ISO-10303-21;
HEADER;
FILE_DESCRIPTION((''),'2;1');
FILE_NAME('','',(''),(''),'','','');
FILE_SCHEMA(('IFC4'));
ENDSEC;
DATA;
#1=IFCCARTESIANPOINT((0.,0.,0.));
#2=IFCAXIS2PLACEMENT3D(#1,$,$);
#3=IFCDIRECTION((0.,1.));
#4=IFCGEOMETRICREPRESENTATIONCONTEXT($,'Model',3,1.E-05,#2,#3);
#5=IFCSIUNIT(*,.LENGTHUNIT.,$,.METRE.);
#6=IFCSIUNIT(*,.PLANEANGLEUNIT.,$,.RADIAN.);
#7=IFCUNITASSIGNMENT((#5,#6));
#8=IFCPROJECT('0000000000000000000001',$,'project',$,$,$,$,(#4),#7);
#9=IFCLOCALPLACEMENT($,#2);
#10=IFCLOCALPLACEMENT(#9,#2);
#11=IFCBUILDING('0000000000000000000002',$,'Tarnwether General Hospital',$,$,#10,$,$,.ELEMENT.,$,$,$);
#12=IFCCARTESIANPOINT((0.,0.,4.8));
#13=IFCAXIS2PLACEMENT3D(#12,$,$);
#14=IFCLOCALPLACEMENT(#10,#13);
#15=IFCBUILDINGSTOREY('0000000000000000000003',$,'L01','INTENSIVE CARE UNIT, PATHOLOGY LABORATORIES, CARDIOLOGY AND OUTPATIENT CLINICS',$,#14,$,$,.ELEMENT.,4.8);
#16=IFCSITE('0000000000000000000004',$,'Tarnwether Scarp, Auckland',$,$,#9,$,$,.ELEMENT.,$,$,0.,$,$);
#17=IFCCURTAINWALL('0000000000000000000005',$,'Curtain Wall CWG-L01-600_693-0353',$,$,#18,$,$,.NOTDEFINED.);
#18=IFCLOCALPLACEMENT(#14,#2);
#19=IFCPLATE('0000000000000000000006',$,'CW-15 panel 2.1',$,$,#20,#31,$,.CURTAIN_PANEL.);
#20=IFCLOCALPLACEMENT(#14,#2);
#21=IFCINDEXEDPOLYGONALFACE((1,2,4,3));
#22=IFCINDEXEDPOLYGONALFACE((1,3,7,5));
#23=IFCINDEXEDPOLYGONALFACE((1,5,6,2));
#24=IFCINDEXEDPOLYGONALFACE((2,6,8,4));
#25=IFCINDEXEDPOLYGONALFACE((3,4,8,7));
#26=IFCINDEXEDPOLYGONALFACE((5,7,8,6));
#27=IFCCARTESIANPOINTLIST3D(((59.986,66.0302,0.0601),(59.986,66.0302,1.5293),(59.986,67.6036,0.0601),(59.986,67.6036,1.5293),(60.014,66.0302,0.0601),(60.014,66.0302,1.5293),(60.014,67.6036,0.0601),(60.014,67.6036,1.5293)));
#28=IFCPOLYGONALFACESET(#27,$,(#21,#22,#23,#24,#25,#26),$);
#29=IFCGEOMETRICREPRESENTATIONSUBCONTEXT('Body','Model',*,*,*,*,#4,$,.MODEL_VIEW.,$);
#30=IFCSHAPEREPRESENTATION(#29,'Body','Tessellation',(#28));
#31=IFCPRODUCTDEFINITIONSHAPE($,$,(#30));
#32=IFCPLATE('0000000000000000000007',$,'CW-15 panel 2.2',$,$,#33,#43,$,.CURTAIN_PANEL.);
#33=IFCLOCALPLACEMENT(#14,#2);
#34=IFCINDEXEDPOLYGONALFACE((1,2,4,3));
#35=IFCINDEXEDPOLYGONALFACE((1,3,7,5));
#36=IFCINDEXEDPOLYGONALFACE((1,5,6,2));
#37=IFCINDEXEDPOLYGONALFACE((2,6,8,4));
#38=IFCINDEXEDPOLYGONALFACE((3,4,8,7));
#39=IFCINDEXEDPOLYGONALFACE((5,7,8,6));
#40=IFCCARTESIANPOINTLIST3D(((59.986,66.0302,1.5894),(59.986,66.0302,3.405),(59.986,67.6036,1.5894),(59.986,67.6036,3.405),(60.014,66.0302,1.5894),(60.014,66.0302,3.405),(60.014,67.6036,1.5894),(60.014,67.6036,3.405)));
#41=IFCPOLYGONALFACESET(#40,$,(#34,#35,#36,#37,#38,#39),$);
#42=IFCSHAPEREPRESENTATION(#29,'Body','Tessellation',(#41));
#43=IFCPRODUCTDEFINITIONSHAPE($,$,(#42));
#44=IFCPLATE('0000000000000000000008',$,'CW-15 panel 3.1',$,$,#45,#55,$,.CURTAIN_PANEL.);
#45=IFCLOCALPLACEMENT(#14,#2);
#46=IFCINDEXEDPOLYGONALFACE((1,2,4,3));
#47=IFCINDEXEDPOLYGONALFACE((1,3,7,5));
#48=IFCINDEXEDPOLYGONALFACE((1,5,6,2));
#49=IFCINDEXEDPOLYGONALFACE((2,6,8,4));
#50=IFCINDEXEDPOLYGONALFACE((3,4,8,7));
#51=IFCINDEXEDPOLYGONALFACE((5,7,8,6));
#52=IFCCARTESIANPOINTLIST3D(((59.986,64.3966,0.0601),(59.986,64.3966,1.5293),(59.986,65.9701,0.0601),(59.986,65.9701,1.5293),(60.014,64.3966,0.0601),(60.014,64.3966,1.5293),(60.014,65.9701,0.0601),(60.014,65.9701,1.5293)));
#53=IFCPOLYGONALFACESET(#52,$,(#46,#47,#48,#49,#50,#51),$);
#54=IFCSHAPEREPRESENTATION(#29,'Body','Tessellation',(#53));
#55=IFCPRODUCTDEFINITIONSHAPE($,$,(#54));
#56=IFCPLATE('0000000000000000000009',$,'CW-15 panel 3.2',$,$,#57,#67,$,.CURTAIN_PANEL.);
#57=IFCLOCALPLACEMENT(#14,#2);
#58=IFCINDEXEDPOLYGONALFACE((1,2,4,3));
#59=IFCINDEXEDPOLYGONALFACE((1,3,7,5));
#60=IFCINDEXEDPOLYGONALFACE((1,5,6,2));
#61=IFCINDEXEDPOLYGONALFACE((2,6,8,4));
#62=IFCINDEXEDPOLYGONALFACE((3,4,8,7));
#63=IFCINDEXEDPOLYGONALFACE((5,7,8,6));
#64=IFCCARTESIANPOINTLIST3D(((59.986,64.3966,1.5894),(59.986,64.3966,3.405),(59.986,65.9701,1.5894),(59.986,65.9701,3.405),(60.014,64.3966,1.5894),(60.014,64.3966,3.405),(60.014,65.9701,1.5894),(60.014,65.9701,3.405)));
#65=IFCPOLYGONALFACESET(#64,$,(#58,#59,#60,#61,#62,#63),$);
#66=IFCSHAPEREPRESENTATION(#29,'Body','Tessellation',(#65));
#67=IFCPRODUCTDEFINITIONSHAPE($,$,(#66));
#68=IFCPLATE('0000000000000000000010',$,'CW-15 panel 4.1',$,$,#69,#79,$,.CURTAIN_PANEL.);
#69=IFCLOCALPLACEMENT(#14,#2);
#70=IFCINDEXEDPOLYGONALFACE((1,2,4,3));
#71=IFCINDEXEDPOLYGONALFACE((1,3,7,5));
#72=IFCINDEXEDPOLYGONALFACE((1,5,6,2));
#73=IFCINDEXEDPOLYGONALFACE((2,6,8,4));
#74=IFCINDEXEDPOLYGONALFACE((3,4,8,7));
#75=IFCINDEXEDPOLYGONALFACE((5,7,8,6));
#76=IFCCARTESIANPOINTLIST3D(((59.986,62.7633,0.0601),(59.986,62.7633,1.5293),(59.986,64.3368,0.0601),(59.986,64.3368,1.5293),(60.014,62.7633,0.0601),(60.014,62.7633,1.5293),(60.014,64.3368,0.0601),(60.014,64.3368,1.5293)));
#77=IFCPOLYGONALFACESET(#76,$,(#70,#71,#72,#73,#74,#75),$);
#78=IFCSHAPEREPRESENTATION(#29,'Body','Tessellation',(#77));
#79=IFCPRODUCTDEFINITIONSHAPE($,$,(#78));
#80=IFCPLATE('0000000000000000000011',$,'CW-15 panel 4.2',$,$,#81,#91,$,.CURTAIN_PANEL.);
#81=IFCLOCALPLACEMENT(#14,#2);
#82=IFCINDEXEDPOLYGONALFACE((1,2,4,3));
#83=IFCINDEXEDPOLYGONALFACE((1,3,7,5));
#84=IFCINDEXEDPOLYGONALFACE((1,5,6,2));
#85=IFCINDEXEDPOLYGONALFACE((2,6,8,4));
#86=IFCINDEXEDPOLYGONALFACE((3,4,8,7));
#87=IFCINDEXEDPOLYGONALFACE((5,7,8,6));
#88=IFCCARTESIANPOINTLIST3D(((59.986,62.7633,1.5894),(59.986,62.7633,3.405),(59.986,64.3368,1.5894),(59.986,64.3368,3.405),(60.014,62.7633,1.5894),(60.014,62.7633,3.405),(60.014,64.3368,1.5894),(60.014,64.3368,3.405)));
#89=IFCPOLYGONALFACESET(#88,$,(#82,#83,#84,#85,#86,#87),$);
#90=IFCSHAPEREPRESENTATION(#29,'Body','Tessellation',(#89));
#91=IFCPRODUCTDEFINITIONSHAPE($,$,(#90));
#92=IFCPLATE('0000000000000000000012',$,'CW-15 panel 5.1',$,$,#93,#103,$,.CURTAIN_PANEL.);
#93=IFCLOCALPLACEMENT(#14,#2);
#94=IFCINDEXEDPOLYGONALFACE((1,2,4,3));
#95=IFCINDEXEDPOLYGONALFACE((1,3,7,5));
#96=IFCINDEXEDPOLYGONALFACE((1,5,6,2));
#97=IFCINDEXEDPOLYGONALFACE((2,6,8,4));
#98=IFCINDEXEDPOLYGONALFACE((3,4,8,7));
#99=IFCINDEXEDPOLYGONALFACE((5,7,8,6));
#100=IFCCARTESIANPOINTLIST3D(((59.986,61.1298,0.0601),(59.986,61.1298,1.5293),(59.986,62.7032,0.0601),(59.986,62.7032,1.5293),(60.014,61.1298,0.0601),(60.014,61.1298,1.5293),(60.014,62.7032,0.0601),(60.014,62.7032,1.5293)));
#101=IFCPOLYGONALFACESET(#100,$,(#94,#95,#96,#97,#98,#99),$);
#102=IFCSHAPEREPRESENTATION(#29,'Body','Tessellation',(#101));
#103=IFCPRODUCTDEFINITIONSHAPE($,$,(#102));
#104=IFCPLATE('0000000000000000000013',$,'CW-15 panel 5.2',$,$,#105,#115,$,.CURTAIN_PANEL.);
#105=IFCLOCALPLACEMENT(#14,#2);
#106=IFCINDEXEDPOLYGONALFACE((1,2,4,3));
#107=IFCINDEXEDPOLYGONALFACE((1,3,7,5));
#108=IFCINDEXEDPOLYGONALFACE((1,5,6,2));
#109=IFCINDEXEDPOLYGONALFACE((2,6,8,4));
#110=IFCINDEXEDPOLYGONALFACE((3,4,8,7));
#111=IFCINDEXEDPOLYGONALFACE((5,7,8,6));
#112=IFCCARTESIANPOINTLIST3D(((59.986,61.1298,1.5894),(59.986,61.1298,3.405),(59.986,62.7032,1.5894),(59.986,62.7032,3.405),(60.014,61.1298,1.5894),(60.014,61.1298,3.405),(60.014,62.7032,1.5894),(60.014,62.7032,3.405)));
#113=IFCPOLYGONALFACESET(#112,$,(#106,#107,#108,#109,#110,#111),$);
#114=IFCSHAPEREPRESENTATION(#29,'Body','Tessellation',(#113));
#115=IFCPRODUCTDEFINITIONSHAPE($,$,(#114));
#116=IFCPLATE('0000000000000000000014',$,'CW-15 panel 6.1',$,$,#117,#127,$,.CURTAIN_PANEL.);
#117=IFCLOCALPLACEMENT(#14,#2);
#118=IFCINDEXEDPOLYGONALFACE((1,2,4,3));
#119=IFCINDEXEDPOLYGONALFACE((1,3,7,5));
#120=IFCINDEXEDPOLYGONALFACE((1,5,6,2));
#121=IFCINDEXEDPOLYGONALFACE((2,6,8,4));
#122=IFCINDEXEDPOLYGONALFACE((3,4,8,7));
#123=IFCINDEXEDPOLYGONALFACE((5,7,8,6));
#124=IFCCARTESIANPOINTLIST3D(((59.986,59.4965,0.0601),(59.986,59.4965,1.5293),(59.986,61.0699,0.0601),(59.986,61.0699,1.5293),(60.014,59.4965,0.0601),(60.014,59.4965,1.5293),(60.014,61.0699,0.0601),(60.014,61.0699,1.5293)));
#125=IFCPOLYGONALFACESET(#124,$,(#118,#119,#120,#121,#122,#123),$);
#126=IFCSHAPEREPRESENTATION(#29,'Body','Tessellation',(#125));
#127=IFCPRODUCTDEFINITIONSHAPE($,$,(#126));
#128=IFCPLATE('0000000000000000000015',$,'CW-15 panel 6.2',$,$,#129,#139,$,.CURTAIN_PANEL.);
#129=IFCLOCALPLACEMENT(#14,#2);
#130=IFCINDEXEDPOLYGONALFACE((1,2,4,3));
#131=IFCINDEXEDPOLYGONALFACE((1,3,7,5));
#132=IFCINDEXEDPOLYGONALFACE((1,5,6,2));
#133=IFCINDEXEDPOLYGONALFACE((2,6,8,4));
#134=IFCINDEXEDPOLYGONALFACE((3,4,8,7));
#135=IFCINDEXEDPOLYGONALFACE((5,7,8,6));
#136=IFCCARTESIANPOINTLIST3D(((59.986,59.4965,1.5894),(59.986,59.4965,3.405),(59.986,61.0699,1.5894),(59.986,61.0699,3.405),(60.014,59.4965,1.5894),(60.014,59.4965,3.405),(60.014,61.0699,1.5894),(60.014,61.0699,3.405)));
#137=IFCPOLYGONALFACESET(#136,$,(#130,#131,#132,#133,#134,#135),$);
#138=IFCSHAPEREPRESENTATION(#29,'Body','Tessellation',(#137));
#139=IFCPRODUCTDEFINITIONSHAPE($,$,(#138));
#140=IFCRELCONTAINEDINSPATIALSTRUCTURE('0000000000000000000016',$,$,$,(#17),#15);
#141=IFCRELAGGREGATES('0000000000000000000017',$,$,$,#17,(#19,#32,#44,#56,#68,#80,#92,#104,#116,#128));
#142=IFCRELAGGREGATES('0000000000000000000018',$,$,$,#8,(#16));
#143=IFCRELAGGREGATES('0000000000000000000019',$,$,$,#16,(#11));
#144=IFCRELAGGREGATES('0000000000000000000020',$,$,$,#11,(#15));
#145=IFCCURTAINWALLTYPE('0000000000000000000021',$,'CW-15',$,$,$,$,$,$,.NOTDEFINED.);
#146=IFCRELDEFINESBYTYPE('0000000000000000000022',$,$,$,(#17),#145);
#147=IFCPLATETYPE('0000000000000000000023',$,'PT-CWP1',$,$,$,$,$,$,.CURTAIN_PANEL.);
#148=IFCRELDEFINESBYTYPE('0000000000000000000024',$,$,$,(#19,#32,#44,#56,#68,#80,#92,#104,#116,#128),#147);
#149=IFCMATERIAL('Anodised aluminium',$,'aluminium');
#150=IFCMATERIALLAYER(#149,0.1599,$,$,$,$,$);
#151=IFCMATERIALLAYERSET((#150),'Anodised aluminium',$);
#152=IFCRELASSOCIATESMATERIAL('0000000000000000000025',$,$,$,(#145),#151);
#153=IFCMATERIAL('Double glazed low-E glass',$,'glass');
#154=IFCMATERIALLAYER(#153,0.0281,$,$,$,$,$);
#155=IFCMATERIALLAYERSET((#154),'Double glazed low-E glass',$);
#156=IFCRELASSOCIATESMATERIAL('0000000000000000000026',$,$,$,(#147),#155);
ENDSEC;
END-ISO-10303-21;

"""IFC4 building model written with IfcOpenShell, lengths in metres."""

from ifc_helpers import new_model, si_unit, direction, frame, origin, origin_2d, place, context, subcontext, project, spatial, rectangle, extrude, material, layer, layer_set, type_object, element, aggregate, save


model = new_model("IFC4")

# Units and contexts
model_context = context("Model", 3, precision=1e-05, world=origin(), true_north=direction((0.0, 1.0)))
body_context = subcontext(model_context, "Body", "Model", "MODEL_VIEW")
ifc_project = project(units=[si_unit("LENGTHUNIT", "METRE"), si_unit("PLANEANGLEUNIT", "RADIAN")], contexts=[model_context])

# Site, building, storey
site_placement = place(None, origin())
site = spatial("IfcSite", under=ifc_project, at=site_placement, Name="Tarnwether Scarp, Auckland", CompositionType="ELEMENT", RefElevation=0.0)
building_placement = place(site_placement, origin())
building = spatial("IfcBuilding", under=site, at=building_placement, Name="Tarnwether General Hospital", CompositionType="ELEMENT")
storey_placement = place(building_placement, frame((0.0, 0.0, 4.8)))
storey = spatial("IfcBuildingStorey", under=building, at=storey_placement, Name="L01", Description="INTENSIVE CARE UNIT, PATHOLOGY LABORATORIES, CARDIOLOGY AND OUTPATIENT CLINICS", CompositionType="ELEMENT", Elevation=4.8)

# Curtain wall, plates
ifc_material_1 = material(Name="Anodised aluminium", Category="aluminium")
ifc_layer_1 = layer(ifc_material_1, 0.1599)
ifc_layer_set_1 = layer_set([ifc_layer_1], Name="Anodised aluminium")
curtain_wall_type = type_object("IfcCurtainWallType", Name="CW-15", PredefinedType="NOTDEFINED", material=ifc_layer_set_1)
curtain_wall_placement = place(storey_placement, origin())
curtain_wall = element("IfcCurtainWall", 1, at=curtain_wall_placement, inside=storey, type_object=curtain_wall_type, Name="Curtain Wall CWG-L01-600_693-0353", PredefinedType="NOTDEFINED")
ifc_material_2 = material(Name="Double glazed low-E glass", Category="glass")
ifc_layer_2 = layer(ifc_material_2, 0.0281)
ifc_layer_set_2 = layer_set([ifc_layer_2], Name="Double glazed low-E glass")
plate_type = type_object("IfcPlateType", Name="PT-CWP1", PredefinedType="CURTAIN_PANEL", material=ifc_layer_set_2)
plate_1_placement = place(storey_placement, frame((60.0, 66.8169, 0.0601), z_axis=(0.0, 0.0, 1.0), x_axis=(0.0, -1.0, 0.0)))
plate_1 = element("IfcPlate", 2, at=plate_1_placement, type_object=plate_type, Name="CW-15 panel 2.1", PredefinedType="CURTAIN_PANEL", context=body_context, shape_type="SweptSolid", body=[
    extrude(rectangle(XDim=1.5735, YDim=0.0281, at=origin_2d()), origin(), (0.0, 0.0, 1.0), 1.4692),
])
plate_2_placement = place(storey_placement, frame((60.0, 66.8169, 1.5894), z_axis=(0.0, 0.0, 1.0), x_axis=(0.0, -1.0, 0.0)))
plate_2 = element("IfcPlate", 3, at=plate_2_placement, type_object=plate_type, Name="CW-15 panel 2.2", PredefinedType="CURTAIN_PANEL", context=body_context, shape_type="SweptSolid", body=[
    extrude(rectangle(XDim=1.5735, YDim=0.0281, at=origin_2d()), origin(), (0.0, 0.0, 1.0), 1.8157),
])
plate_3_placement = place(storey_placement, frame((60.0, 65.1833, 0.0601), z_axis=(0.0, 0.0, 1.0), x_axis=(0.0, -1.0, 0.0)))
plate_3 = element("IfcPlate", 4, at=plate_3_placement, type_object=plate_type, Name="CW-15 panel 3.1", PredefinedType="CURTAIN_PANEL", context=body_context, shape_type="SweptSolid", body=[
    extrude(rectangle(XDim=1.5735, YDim=0.0281, at=origin_2d()), origin(), (0.0, 0.0, 1.0), 1.4692),
])
plate_4_placement = place(storey_placement, frame((60.0, 65.1833, 1.5894), z_axis=(0.0, 0.0, 1.0), x_axis=(0.0, -1.0, 0.0)))
plate_4 = element("IfcPlate", 5, at=plate_4_placement, type_object=plate_type, Name="CW-15 panel 3.2", PredefinedType="CURTAIN_PANEL", context=body_context, shape_type="SweptSolid", body=[
    extrude(rectangle(XDim=1.5735, YDim=0.0281, at=origin_2d()), origin(), (0.0, 0.0, 1.0), 1.8157),
])
plate_5_placement = place(storey_placement, frame((60.0, 63.55, 0.0601), z_axis=(0.0, 0.0, 1.0), x_axis=(0.0, -1.0, 0.0)))
plate_5 = element("IfcPlate", 6, at=plate_5_placement, type_object=plate_type, Name="CW-15 panel 4.1", PredefinedType="CURTAIN_PANEL", context=body_context, shape_type="SweptSolid", body=[
    extrude(rectangle(XDim=1.5735, YDim=0.0281, at=origin_2d()), origin(), (0.0, 0.0, 1.0), 1.4692),
])
plate_6_placement = place(storey_placement, frame((60.0, 63.55, 1.5894), z_axis=(0.0, 0.0, 1.0), x_axis=(0.0, -1.0, 0.0)))
plate_6 = element("IfcPlate", 7, at=plate_6_placement, type_object=plate_type, Name="CW-15 panel 4.2", PredefinedType="CURTAIN_PANEL", context=body_context, shape_type="SweptSolid", body=[
    extrude(rectangle(XDim=1.5735, YDim=0.0281, at=origin_2d()), origin(), (0.0, 0.0, 1.0), 1.8157),
])
plate_7_placement = place(storey_placement, frame((60.0, 61.9165, 0.0601), z_axis=(0.0, 0.0, 1.0), x_axis=(0.0, -1.0, 0.0)))
plate_7 = element("IfcPlate", 8, at=plate_7_placement, type_object=plate_type, Name="CW-15 panel 5.1", PredefinedType="CURTAIN_PANEL", context=body_context, shape_type="SweptSolid", body=[
    extrude(rectangle(XDim=1.5735, YDim=0.0281, at=origin_2d()), origin(), (0.0, 0.0, 1.0), 1.4692),
])
plate_8_placement = place(storey_placement, frame((60.0, 61.9165, 1.5894), z_axis=(0.0, 0.0, 1.0), x_axis=(0.0, -1.0, 0.0)))
plate_8 = element("IfcPlate", 9, at=plate_8_placement, type_object=plate_type, Name="CW-15 panel 5.2", PredefinedType="CURTAIN_PANEL", context=body_context, shape_type="SweptSolid", body=[
    extrude(rectangle(XDim=1.5735, YDim=0.0281, at=origin_2d()), origin(), (0.0, 0.0, 1.0), 1.8157),
])
plate_9_placement = place(storey_placement, frame((60.0, 60.2832, 0.0601), z_axis=(0.0, 0.0, 1.0), x_axis=(0.0, -1.0, 0.0)))
plate_9 = element("IfcPlate", 10, at=plate_9_placement, type_object=plate_type, Name="CW-15 panel 6.1", PredefinedType="CURTAIN_PANEL", context=body_context, shape_type="SweptSolid", body=[
    extrude(rectangle(XDim=1.5735, YDim=0.0281, at=origin_2d()), origin(), (0.0, 0.0, 1.0), 1.4692),
])
plate_10_placement = place(storey_placement, frame((60.0, 60.2832, 1.5894), z_axis=(0.0, 0.0, 1.0), x_axis=(0.0, -1.0, 0.0)))
plate_10 = element("IfcPlate", 11, at=plate_10_placement, type_object=plate_type, Name="CW-15 panel 6.2", PredefinedType="CURTAIN_PANEL", context=body_context, shape_type="SweptSolid", body=[
    extrude(rectangle(XDim=1.5735, YDim=0.0281, at=origin_2d()), origin(), (0.0, 0.0, 1.0), 1.8157),
])
aggregate(curtain_wall, [plate_1, plate_2, plate_3, plate_4, plate_5, plate_6, plate_7, plate_8, plate_9, plate_10])

save(model, "model.ifc")
